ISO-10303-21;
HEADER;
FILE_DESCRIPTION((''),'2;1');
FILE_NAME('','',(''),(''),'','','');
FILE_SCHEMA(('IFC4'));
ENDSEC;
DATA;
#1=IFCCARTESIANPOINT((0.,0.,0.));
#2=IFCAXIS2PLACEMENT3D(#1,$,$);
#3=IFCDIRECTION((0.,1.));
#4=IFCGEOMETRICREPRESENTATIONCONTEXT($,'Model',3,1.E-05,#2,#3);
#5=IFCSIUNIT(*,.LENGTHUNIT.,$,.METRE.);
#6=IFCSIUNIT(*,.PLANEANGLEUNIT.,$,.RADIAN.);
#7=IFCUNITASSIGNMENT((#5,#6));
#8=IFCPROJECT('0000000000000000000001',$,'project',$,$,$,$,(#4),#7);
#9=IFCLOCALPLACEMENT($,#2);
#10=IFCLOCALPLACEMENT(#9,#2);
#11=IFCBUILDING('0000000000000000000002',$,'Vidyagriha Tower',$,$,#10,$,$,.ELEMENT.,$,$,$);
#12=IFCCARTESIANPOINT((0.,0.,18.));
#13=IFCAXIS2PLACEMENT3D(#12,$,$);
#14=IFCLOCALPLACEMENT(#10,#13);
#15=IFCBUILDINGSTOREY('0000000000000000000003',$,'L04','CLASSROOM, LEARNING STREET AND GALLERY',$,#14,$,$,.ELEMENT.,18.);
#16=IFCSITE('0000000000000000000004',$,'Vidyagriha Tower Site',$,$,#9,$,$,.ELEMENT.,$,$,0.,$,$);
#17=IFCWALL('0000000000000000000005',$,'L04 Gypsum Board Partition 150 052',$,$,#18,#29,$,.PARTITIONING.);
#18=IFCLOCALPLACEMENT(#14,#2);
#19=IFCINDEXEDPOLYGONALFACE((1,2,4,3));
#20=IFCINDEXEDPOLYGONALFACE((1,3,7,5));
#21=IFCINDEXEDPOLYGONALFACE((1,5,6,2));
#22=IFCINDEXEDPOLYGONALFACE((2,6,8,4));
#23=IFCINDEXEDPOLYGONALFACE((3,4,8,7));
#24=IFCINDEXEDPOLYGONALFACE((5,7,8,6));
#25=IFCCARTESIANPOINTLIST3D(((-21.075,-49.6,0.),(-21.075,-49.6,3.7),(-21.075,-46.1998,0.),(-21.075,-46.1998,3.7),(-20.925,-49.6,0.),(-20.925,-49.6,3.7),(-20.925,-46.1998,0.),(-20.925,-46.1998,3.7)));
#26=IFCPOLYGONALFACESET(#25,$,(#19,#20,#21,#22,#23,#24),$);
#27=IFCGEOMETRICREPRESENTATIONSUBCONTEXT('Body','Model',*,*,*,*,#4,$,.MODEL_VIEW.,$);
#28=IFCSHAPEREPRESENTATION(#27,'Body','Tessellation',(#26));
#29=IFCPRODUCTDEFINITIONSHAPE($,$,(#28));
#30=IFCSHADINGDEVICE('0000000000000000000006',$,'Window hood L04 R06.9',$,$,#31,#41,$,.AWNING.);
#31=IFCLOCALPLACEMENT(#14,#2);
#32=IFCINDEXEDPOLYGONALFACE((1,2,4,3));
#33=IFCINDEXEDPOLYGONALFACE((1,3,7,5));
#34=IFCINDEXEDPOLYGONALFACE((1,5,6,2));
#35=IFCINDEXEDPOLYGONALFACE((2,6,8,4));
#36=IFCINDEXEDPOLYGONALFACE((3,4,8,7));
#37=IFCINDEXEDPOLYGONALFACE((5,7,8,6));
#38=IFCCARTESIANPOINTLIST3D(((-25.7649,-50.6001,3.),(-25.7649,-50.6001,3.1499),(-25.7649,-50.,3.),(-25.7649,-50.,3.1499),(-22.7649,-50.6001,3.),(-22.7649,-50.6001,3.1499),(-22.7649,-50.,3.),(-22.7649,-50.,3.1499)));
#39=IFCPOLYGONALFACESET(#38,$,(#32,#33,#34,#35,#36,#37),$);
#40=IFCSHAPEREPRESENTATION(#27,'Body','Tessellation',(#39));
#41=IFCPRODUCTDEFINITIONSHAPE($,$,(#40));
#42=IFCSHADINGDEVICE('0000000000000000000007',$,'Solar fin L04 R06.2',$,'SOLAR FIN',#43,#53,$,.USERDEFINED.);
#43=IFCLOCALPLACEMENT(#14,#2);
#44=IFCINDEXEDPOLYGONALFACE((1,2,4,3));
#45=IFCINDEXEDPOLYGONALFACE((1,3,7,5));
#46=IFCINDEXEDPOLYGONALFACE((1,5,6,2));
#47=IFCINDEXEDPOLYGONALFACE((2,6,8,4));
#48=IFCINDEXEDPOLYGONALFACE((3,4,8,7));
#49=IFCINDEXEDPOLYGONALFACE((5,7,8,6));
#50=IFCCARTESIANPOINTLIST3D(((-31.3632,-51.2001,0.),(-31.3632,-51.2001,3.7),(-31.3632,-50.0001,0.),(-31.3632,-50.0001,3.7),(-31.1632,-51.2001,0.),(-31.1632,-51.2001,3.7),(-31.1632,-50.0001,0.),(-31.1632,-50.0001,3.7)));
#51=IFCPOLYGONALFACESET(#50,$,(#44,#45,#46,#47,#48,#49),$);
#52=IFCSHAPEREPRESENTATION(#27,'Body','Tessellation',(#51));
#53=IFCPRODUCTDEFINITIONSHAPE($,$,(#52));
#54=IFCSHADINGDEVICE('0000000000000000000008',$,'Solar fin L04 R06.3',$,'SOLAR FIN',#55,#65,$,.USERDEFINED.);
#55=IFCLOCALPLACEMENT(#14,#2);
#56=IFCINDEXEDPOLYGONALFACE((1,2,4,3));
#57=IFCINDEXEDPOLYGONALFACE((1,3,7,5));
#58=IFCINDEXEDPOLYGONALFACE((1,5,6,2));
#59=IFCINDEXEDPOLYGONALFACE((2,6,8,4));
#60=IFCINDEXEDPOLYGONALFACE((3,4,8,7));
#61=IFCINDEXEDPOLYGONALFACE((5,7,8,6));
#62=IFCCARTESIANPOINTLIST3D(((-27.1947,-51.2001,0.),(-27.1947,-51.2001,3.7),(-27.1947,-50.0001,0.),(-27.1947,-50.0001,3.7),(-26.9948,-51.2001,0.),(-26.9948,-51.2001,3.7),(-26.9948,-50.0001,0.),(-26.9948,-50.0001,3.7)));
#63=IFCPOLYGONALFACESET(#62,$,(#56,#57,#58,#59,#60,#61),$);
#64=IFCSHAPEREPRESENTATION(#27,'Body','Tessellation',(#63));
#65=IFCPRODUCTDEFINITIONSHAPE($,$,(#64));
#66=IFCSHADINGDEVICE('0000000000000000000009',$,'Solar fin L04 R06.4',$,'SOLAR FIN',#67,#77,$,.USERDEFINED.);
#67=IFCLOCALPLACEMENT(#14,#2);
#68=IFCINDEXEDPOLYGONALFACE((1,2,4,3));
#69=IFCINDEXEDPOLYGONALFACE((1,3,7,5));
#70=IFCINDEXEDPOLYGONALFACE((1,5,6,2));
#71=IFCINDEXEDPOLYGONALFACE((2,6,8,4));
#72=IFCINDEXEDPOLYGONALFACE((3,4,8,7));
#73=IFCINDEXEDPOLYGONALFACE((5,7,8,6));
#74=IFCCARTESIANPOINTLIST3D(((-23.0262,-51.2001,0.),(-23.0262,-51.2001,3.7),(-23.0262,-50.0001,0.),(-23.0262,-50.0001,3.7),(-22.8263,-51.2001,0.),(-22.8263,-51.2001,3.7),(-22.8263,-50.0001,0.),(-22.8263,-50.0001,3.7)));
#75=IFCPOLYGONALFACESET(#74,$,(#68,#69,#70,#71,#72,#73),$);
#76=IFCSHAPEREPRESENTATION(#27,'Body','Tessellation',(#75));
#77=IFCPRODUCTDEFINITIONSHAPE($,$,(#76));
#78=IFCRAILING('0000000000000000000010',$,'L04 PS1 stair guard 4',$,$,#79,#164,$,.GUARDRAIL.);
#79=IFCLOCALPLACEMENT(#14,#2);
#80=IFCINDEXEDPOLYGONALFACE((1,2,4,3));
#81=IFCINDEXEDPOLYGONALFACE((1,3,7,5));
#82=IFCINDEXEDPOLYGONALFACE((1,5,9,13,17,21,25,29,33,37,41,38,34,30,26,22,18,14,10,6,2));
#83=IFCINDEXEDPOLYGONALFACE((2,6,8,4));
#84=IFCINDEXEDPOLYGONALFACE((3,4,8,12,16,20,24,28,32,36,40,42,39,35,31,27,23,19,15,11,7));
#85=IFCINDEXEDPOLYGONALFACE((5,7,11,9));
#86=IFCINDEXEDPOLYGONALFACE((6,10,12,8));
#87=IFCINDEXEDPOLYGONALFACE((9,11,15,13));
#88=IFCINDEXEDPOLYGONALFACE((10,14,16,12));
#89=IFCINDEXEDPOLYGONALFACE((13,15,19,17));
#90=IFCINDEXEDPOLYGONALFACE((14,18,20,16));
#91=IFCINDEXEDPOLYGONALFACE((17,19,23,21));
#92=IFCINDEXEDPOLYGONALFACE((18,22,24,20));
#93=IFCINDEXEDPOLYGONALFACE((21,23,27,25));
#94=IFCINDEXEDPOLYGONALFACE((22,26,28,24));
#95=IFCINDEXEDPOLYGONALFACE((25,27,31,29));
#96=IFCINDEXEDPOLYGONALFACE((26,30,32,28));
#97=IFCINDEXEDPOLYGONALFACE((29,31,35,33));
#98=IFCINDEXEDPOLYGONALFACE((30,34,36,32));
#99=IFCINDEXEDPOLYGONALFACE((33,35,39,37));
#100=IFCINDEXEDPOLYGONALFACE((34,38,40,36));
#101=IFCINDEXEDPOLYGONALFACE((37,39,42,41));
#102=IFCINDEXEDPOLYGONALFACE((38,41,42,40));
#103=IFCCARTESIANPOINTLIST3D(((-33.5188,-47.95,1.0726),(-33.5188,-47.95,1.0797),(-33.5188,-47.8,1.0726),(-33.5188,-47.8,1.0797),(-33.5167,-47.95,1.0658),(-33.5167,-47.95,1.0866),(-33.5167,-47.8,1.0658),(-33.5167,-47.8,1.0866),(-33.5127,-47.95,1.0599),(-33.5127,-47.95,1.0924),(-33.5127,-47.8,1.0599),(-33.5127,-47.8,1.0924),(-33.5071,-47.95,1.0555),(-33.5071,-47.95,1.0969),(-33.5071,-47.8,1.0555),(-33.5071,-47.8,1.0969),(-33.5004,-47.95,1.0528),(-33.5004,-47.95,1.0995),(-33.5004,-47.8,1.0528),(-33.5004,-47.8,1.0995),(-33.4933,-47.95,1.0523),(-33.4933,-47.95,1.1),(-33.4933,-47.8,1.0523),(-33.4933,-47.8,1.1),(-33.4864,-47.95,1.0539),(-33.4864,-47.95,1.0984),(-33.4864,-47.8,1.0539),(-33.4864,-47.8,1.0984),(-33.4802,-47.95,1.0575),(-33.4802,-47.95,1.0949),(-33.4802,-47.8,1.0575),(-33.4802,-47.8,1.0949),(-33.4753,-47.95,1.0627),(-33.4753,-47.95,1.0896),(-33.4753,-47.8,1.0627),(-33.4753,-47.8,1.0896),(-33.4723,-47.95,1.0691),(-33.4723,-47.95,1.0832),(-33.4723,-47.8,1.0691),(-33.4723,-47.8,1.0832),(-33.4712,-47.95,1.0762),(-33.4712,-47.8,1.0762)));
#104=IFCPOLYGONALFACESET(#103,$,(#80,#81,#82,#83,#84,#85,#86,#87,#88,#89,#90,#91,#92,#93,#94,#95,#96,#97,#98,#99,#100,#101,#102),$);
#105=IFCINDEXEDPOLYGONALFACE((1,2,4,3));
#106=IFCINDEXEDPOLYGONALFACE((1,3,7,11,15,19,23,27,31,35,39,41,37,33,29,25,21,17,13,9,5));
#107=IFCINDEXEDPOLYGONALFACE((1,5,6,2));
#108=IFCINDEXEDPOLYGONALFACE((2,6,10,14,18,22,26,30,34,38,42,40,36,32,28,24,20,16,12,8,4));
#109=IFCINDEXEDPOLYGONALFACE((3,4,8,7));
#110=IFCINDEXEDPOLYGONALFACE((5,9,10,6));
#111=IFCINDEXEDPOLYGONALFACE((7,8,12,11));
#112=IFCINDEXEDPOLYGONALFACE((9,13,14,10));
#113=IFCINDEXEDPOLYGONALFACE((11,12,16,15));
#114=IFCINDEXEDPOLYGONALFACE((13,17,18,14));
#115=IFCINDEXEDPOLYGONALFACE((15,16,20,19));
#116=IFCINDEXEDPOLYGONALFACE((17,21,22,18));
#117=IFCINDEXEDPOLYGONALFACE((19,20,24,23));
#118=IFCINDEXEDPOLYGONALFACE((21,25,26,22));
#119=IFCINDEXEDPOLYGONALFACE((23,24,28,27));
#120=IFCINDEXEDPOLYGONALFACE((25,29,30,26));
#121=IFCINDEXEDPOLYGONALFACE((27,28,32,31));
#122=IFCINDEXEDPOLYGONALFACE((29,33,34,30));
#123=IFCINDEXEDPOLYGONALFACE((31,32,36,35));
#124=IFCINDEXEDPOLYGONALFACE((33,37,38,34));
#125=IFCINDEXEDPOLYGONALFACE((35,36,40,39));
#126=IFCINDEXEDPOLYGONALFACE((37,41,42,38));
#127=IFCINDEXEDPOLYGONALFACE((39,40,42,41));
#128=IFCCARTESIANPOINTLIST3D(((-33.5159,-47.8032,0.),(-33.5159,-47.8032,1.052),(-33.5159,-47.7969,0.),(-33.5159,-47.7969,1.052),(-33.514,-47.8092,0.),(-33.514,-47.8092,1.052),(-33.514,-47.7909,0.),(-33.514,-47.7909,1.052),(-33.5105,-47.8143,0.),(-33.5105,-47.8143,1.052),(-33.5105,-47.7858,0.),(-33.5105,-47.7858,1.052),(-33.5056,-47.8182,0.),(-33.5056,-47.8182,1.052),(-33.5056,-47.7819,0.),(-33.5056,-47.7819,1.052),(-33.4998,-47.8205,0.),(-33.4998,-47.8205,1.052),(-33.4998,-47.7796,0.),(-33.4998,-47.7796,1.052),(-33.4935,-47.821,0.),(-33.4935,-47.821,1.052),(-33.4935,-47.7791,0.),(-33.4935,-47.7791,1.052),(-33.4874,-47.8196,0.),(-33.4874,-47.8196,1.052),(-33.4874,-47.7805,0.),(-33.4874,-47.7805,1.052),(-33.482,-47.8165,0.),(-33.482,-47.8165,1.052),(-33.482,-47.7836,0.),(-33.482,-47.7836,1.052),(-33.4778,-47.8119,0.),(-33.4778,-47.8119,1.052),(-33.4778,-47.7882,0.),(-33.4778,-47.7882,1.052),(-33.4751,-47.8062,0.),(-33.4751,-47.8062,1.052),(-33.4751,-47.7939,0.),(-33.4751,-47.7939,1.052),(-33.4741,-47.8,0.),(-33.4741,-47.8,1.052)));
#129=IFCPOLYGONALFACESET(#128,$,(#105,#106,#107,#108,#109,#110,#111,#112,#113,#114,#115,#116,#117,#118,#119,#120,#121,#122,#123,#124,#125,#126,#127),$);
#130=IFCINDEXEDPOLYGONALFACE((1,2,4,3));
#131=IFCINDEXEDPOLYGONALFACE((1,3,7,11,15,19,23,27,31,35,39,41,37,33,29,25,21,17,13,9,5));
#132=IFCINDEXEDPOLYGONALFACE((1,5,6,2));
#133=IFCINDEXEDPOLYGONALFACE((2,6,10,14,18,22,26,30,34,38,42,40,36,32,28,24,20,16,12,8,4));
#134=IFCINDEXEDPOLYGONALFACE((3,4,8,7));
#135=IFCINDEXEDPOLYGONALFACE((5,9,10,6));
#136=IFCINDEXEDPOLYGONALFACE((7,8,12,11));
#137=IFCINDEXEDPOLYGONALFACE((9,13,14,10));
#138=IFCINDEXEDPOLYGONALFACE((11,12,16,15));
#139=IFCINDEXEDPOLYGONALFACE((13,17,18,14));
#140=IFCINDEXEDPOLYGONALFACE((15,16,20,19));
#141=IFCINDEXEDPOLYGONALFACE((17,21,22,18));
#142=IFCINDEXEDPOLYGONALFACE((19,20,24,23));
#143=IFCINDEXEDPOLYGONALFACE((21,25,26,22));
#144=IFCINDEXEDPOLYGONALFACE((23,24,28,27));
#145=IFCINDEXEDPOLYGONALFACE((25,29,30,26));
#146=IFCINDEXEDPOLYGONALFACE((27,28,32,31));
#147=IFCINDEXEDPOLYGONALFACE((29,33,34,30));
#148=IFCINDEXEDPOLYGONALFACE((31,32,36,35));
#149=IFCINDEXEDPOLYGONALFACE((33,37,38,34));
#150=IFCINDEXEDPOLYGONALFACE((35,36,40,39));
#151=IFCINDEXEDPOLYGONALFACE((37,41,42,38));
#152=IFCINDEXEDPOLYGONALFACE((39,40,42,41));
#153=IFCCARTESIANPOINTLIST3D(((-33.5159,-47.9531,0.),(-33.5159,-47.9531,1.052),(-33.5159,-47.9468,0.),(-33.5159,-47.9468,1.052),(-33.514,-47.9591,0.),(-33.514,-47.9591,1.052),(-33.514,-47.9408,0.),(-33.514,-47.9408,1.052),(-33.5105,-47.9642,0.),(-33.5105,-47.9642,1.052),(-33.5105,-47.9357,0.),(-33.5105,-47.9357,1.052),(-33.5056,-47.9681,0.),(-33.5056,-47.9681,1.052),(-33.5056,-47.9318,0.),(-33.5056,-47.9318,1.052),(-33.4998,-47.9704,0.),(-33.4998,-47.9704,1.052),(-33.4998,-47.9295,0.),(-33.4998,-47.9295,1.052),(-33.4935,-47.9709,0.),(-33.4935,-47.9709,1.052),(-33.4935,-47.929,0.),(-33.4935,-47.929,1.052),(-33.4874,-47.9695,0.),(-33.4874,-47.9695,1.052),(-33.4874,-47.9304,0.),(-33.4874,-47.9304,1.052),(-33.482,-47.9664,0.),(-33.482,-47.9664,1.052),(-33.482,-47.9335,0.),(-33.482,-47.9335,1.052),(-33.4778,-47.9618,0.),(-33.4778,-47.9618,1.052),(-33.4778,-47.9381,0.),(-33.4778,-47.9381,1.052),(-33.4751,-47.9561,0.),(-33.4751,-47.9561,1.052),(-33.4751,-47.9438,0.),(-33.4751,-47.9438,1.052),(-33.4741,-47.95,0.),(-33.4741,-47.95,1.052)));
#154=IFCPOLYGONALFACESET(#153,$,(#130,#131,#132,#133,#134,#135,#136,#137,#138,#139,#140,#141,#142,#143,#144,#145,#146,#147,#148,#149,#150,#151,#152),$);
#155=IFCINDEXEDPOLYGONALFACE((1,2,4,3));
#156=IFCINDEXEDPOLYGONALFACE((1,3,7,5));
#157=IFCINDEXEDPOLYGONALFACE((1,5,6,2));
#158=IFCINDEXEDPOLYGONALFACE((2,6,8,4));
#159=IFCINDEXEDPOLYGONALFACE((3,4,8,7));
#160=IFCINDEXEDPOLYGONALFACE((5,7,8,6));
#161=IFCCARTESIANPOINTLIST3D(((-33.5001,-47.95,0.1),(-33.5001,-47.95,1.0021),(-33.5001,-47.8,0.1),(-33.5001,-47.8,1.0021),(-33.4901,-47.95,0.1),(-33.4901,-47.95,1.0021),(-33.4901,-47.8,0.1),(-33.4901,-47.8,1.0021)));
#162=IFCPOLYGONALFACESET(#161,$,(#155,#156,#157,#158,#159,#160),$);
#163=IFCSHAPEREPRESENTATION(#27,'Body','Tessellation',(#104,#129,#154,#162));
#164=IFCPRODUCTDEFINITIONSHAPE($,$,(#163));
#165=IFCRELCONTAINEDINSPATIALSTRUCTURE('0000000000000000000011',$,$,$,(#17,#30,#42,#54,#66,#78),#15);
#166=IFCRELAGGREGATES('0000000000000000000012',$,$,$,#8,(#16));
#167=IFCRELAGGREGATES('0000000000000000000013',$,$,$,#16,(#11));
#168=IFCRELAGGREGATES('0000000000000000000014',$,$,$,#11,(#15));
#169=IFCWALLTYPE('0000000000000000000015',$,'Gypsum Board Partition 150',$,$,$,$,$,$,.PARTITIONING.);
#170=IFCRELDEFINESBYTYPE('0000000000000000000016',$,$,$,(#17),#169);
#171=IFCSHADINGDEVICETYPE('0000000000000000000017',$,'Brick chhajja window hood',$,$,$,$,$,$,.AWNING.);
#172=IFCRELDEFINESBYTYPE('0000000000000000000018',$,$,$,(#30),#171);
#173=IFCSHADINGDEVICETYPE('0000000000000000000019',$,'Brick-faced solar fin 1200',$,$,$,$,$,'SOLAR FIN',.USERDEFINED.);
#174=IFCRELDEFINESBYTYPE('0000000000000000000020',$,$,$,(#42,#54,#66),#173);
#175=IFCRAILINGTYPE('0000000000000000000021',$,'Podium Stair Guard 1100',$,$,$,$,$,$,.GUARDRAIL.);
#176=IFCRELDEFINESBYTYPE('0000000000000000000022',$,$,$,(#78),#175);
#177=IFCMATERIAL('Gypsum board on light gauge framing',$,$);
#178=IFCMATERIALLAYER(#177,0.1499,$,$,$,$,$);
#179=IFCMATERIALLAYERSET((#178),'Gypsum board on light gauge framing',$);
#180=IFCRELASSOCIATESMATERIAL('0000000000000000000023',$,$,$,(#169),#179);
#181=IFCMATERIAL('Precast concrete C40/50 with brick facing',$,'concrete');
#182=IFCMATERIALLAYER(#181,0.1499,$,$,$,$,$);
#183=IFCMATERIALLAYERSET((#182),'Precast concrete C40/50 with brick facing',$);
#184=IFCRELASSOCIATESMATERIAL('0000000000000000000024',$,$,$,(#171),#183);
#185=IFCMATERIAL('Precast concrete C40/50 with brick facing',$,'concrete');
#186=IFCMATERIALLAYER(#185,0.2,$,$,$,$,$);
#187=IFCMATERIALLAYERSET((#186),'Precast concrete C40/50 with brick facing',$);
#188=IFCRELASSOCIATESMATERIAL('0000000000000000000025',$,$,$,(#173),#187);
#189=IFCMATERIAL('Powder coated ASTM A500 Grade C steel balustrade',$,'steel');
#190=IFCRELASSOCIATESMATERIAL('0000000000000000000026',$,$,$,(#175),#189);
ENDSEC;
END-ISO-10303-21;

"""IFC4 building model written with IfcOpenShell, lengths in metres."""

from ifc_helpers import new_model, si_unit, direction, frame, frame_2d, origin, origin_2d, place, context, subcontext, project, spatial, rectangle, circle, extrude, material, layer, layer_set, type_object, element, save


model = new_model("IFC4")

# Units and contexts
model_context = context("Model", 3, precision=1e-05, world=origin(), true_north=direction((0.0, 1.0)))
body_context = subcontext(model_context, "Body", "Model", "MODEL_VIEW")
ifc_project = project(units=[si_unit("LENGTHUNIT", "METRE"), si_unit("PLANEANGLEUNIT", "RADIAN")], contexts=[model_context])

# Site, building, storey
site_placement = place(None, origin())
site = spatial("IfcSite", under=ifc_project, at=site_placement, Name="Vidyagriha Tower Site", CompositionType="ELEMENT", RefElevation=0.0)
building_placement = place(site_placement, origin())
building = spatial("IfcBuilding", under=site, at=building_placement, Name="Vidyagriha Tower", CompositionType="ELEMENT")
storey_placement = place(building_placement, frame((0.0, 0.0, 18.0)))
storey = spatial("IfcBuildingStorey", under=building, at=storey_placement, Name="L04", Description="CLASSROOM, LEARNING STREET AND GALLERY", CompositionType="ELEMENT", Elevation=18.0)

# Wall
ifc_material_1 = material(Name="Gypsum board on light gauge framing")
ifc_layer_1 = layer(ifc_material_1, 0.1499)
ifc_layer_set_1 = layer_set([ifc_layer_1], Name="Gypsum board on light gauge framing")
wall_type_1 = type_object("IfcWallType", Name="Gypsum Board Partition 150", PredefinedType="PARTITIONING", material=ifc_layer_set_1)
wall_1_placement = place(storey_placement, frame((-21.0, -49.6001, 0.0), z_axis=(0.0, 0.0, 1.0), x_axis=(0.0, 1.0, 0.0)))
element("IfcWall", 1, at=wall_1_placement, inside=storey, type_object=wall_type_1, Name="L04 Gypsum Board Partition 150 052", PredefinedType="PARTITIONING", context=body_context, shape_type="SweptSolid", body=[
    extrude(rectangle(XDim=3.4001, YDim=0.1499, at=frame_2d((1.7002, 0.0))), origin(), (0.0, 0.0, 1.0), 3.7),
])

# Shading devices
ifc_material_2 = material(Name="Precast concrete C40/50 with brick facing", Category="concrete")
ifc_layer_2 = layer(ifc_material_2, 0.1499)
ifc_layer_set_2 = layer_set([ifc_layer_2], Name="Precast concrete C40/50 with brick facing")
shading_device_type_1 = type_object("IfcShadingDeviceType", Name="Brick chhajja window hood", PredefinedType="AWNING", material=ifc_layer_set_2)
shading_device_placement = place(storey_placement, frame((-24.2649, -50.3, 3.0)))
element("IfcShadingDevice", 2, at=shading_device_placement, inside=storey, type_object=shading_device_type_1, Name="Window hood L04 R06.9", PredefinedType="AWNING", context=body_context, shape_type="SweptSolid", body=[
    extrude(rectangle(XDim=3.0, YDim=0.6001, at=origin_2d()), origin(), (0.0, 0.0, 1.0), 0.1499),
])
ifc_material_3 = material(Name="Precast concrete C40/50 with brick facing", Category="concrete")
ifc_layer_3 = layer(ifc_material_3, 0.2)
ifc_layer_set_3 = layer_set([ifc_layer_3], Name="Precast concrete C40/50 with brick facing")
shading_device_type_2 = type_object("IfcShadingDeviceType", Name="Brick-faced solar fin 1200", ElementType="SOLAR FIN", PredefinedType="USERDEFINED", material=ifc_layer_set_3)
for number, where, z_axis, x_axis, name in (
    (3, (-31.2632, -50.0, 0.0), (0.0, 0.0, 1.0), (0.0, -1.0, 0.0), "Solar fin L04 R06.2"),
    (4, (-27.0947, -50.0, 0.0), (0.0, 0.0, 1.0), (0.0, -1.0, 0.0), "Solar fin L04 R06.3"),
    (5, (-22.9263, -50.0, 0.0), (0.0, 0.0, 1.0), (0.0, -1.0, 0.0), "Solar fin L04 R06.4"),
):
    element("IfcShadingDevice", number, at=place(storey_placement, frame(where, z_axis=z_axis, x_axis=x_axis)), inside=storey, type_object=shading_device_type_2, Name=name, ObjectType="SOLAR FIN", PredefinedType="USERDEFINED", context=body_context, shape_type="SweptSolid", body=[
        extrude(rectangle(XDim=1.2, YDim=0.2, at=frame_2d((0.6001, 0.0))), origin(), (0.0, 0.0, 1.0), 3.7),
    ])

# Railing
ifc_material_4 = material(Name="Powder coated ASTM A500 Grade C steel balustrade", Category="steel")
railing_type = type_object("IfcRailingType", Name="Podium Stair Guard 1100", PredefinedType="GUARDRAIL", material=ifc_material_4)
railing_placement = place(storey_placement, frame((-33.4951, -47.8, 0.0)))
element("IfcRailing", 6, at=railing_placement, inside=storey, type_object=railing_type, Name="L04 PS1 stair guard 4", PredefinedType="GUARDRAIL", context=body_context, shape_type="SweptSolid", body=[
    extrude(circle(Radius=0.0239, at=origin_2d()), frame((0.0, 0.0, 1.0762), z_axis=(0.0, -1.0, 0.0), x_axis=(1.0, 0.0, 0.0)), (0.0, 0.0, 1.0), 0.1499),
    extrude(circle(Radius=0.021, at=origin_2d()), origin(), (0.0, 0.0, 1.0), 1.052),
    extrude(circle(Radius=0.021, at=origin_2d()), frame((0.0, -0.1499, 0.0)), (0.0, 0.0, 1.0), 1.052),
    extrude(rectangle(XDim=0.01, YDim=0.9021, at=origin_2d()), frame((0.0, 0.0, 0.551), z_axis=(0.0, -1.0, 0.0), x_axis=(1.0, 0.0, 0.0)), (0.0, 0.0, 1.0), 0.1499),
])

save(model, "model.ifc")
